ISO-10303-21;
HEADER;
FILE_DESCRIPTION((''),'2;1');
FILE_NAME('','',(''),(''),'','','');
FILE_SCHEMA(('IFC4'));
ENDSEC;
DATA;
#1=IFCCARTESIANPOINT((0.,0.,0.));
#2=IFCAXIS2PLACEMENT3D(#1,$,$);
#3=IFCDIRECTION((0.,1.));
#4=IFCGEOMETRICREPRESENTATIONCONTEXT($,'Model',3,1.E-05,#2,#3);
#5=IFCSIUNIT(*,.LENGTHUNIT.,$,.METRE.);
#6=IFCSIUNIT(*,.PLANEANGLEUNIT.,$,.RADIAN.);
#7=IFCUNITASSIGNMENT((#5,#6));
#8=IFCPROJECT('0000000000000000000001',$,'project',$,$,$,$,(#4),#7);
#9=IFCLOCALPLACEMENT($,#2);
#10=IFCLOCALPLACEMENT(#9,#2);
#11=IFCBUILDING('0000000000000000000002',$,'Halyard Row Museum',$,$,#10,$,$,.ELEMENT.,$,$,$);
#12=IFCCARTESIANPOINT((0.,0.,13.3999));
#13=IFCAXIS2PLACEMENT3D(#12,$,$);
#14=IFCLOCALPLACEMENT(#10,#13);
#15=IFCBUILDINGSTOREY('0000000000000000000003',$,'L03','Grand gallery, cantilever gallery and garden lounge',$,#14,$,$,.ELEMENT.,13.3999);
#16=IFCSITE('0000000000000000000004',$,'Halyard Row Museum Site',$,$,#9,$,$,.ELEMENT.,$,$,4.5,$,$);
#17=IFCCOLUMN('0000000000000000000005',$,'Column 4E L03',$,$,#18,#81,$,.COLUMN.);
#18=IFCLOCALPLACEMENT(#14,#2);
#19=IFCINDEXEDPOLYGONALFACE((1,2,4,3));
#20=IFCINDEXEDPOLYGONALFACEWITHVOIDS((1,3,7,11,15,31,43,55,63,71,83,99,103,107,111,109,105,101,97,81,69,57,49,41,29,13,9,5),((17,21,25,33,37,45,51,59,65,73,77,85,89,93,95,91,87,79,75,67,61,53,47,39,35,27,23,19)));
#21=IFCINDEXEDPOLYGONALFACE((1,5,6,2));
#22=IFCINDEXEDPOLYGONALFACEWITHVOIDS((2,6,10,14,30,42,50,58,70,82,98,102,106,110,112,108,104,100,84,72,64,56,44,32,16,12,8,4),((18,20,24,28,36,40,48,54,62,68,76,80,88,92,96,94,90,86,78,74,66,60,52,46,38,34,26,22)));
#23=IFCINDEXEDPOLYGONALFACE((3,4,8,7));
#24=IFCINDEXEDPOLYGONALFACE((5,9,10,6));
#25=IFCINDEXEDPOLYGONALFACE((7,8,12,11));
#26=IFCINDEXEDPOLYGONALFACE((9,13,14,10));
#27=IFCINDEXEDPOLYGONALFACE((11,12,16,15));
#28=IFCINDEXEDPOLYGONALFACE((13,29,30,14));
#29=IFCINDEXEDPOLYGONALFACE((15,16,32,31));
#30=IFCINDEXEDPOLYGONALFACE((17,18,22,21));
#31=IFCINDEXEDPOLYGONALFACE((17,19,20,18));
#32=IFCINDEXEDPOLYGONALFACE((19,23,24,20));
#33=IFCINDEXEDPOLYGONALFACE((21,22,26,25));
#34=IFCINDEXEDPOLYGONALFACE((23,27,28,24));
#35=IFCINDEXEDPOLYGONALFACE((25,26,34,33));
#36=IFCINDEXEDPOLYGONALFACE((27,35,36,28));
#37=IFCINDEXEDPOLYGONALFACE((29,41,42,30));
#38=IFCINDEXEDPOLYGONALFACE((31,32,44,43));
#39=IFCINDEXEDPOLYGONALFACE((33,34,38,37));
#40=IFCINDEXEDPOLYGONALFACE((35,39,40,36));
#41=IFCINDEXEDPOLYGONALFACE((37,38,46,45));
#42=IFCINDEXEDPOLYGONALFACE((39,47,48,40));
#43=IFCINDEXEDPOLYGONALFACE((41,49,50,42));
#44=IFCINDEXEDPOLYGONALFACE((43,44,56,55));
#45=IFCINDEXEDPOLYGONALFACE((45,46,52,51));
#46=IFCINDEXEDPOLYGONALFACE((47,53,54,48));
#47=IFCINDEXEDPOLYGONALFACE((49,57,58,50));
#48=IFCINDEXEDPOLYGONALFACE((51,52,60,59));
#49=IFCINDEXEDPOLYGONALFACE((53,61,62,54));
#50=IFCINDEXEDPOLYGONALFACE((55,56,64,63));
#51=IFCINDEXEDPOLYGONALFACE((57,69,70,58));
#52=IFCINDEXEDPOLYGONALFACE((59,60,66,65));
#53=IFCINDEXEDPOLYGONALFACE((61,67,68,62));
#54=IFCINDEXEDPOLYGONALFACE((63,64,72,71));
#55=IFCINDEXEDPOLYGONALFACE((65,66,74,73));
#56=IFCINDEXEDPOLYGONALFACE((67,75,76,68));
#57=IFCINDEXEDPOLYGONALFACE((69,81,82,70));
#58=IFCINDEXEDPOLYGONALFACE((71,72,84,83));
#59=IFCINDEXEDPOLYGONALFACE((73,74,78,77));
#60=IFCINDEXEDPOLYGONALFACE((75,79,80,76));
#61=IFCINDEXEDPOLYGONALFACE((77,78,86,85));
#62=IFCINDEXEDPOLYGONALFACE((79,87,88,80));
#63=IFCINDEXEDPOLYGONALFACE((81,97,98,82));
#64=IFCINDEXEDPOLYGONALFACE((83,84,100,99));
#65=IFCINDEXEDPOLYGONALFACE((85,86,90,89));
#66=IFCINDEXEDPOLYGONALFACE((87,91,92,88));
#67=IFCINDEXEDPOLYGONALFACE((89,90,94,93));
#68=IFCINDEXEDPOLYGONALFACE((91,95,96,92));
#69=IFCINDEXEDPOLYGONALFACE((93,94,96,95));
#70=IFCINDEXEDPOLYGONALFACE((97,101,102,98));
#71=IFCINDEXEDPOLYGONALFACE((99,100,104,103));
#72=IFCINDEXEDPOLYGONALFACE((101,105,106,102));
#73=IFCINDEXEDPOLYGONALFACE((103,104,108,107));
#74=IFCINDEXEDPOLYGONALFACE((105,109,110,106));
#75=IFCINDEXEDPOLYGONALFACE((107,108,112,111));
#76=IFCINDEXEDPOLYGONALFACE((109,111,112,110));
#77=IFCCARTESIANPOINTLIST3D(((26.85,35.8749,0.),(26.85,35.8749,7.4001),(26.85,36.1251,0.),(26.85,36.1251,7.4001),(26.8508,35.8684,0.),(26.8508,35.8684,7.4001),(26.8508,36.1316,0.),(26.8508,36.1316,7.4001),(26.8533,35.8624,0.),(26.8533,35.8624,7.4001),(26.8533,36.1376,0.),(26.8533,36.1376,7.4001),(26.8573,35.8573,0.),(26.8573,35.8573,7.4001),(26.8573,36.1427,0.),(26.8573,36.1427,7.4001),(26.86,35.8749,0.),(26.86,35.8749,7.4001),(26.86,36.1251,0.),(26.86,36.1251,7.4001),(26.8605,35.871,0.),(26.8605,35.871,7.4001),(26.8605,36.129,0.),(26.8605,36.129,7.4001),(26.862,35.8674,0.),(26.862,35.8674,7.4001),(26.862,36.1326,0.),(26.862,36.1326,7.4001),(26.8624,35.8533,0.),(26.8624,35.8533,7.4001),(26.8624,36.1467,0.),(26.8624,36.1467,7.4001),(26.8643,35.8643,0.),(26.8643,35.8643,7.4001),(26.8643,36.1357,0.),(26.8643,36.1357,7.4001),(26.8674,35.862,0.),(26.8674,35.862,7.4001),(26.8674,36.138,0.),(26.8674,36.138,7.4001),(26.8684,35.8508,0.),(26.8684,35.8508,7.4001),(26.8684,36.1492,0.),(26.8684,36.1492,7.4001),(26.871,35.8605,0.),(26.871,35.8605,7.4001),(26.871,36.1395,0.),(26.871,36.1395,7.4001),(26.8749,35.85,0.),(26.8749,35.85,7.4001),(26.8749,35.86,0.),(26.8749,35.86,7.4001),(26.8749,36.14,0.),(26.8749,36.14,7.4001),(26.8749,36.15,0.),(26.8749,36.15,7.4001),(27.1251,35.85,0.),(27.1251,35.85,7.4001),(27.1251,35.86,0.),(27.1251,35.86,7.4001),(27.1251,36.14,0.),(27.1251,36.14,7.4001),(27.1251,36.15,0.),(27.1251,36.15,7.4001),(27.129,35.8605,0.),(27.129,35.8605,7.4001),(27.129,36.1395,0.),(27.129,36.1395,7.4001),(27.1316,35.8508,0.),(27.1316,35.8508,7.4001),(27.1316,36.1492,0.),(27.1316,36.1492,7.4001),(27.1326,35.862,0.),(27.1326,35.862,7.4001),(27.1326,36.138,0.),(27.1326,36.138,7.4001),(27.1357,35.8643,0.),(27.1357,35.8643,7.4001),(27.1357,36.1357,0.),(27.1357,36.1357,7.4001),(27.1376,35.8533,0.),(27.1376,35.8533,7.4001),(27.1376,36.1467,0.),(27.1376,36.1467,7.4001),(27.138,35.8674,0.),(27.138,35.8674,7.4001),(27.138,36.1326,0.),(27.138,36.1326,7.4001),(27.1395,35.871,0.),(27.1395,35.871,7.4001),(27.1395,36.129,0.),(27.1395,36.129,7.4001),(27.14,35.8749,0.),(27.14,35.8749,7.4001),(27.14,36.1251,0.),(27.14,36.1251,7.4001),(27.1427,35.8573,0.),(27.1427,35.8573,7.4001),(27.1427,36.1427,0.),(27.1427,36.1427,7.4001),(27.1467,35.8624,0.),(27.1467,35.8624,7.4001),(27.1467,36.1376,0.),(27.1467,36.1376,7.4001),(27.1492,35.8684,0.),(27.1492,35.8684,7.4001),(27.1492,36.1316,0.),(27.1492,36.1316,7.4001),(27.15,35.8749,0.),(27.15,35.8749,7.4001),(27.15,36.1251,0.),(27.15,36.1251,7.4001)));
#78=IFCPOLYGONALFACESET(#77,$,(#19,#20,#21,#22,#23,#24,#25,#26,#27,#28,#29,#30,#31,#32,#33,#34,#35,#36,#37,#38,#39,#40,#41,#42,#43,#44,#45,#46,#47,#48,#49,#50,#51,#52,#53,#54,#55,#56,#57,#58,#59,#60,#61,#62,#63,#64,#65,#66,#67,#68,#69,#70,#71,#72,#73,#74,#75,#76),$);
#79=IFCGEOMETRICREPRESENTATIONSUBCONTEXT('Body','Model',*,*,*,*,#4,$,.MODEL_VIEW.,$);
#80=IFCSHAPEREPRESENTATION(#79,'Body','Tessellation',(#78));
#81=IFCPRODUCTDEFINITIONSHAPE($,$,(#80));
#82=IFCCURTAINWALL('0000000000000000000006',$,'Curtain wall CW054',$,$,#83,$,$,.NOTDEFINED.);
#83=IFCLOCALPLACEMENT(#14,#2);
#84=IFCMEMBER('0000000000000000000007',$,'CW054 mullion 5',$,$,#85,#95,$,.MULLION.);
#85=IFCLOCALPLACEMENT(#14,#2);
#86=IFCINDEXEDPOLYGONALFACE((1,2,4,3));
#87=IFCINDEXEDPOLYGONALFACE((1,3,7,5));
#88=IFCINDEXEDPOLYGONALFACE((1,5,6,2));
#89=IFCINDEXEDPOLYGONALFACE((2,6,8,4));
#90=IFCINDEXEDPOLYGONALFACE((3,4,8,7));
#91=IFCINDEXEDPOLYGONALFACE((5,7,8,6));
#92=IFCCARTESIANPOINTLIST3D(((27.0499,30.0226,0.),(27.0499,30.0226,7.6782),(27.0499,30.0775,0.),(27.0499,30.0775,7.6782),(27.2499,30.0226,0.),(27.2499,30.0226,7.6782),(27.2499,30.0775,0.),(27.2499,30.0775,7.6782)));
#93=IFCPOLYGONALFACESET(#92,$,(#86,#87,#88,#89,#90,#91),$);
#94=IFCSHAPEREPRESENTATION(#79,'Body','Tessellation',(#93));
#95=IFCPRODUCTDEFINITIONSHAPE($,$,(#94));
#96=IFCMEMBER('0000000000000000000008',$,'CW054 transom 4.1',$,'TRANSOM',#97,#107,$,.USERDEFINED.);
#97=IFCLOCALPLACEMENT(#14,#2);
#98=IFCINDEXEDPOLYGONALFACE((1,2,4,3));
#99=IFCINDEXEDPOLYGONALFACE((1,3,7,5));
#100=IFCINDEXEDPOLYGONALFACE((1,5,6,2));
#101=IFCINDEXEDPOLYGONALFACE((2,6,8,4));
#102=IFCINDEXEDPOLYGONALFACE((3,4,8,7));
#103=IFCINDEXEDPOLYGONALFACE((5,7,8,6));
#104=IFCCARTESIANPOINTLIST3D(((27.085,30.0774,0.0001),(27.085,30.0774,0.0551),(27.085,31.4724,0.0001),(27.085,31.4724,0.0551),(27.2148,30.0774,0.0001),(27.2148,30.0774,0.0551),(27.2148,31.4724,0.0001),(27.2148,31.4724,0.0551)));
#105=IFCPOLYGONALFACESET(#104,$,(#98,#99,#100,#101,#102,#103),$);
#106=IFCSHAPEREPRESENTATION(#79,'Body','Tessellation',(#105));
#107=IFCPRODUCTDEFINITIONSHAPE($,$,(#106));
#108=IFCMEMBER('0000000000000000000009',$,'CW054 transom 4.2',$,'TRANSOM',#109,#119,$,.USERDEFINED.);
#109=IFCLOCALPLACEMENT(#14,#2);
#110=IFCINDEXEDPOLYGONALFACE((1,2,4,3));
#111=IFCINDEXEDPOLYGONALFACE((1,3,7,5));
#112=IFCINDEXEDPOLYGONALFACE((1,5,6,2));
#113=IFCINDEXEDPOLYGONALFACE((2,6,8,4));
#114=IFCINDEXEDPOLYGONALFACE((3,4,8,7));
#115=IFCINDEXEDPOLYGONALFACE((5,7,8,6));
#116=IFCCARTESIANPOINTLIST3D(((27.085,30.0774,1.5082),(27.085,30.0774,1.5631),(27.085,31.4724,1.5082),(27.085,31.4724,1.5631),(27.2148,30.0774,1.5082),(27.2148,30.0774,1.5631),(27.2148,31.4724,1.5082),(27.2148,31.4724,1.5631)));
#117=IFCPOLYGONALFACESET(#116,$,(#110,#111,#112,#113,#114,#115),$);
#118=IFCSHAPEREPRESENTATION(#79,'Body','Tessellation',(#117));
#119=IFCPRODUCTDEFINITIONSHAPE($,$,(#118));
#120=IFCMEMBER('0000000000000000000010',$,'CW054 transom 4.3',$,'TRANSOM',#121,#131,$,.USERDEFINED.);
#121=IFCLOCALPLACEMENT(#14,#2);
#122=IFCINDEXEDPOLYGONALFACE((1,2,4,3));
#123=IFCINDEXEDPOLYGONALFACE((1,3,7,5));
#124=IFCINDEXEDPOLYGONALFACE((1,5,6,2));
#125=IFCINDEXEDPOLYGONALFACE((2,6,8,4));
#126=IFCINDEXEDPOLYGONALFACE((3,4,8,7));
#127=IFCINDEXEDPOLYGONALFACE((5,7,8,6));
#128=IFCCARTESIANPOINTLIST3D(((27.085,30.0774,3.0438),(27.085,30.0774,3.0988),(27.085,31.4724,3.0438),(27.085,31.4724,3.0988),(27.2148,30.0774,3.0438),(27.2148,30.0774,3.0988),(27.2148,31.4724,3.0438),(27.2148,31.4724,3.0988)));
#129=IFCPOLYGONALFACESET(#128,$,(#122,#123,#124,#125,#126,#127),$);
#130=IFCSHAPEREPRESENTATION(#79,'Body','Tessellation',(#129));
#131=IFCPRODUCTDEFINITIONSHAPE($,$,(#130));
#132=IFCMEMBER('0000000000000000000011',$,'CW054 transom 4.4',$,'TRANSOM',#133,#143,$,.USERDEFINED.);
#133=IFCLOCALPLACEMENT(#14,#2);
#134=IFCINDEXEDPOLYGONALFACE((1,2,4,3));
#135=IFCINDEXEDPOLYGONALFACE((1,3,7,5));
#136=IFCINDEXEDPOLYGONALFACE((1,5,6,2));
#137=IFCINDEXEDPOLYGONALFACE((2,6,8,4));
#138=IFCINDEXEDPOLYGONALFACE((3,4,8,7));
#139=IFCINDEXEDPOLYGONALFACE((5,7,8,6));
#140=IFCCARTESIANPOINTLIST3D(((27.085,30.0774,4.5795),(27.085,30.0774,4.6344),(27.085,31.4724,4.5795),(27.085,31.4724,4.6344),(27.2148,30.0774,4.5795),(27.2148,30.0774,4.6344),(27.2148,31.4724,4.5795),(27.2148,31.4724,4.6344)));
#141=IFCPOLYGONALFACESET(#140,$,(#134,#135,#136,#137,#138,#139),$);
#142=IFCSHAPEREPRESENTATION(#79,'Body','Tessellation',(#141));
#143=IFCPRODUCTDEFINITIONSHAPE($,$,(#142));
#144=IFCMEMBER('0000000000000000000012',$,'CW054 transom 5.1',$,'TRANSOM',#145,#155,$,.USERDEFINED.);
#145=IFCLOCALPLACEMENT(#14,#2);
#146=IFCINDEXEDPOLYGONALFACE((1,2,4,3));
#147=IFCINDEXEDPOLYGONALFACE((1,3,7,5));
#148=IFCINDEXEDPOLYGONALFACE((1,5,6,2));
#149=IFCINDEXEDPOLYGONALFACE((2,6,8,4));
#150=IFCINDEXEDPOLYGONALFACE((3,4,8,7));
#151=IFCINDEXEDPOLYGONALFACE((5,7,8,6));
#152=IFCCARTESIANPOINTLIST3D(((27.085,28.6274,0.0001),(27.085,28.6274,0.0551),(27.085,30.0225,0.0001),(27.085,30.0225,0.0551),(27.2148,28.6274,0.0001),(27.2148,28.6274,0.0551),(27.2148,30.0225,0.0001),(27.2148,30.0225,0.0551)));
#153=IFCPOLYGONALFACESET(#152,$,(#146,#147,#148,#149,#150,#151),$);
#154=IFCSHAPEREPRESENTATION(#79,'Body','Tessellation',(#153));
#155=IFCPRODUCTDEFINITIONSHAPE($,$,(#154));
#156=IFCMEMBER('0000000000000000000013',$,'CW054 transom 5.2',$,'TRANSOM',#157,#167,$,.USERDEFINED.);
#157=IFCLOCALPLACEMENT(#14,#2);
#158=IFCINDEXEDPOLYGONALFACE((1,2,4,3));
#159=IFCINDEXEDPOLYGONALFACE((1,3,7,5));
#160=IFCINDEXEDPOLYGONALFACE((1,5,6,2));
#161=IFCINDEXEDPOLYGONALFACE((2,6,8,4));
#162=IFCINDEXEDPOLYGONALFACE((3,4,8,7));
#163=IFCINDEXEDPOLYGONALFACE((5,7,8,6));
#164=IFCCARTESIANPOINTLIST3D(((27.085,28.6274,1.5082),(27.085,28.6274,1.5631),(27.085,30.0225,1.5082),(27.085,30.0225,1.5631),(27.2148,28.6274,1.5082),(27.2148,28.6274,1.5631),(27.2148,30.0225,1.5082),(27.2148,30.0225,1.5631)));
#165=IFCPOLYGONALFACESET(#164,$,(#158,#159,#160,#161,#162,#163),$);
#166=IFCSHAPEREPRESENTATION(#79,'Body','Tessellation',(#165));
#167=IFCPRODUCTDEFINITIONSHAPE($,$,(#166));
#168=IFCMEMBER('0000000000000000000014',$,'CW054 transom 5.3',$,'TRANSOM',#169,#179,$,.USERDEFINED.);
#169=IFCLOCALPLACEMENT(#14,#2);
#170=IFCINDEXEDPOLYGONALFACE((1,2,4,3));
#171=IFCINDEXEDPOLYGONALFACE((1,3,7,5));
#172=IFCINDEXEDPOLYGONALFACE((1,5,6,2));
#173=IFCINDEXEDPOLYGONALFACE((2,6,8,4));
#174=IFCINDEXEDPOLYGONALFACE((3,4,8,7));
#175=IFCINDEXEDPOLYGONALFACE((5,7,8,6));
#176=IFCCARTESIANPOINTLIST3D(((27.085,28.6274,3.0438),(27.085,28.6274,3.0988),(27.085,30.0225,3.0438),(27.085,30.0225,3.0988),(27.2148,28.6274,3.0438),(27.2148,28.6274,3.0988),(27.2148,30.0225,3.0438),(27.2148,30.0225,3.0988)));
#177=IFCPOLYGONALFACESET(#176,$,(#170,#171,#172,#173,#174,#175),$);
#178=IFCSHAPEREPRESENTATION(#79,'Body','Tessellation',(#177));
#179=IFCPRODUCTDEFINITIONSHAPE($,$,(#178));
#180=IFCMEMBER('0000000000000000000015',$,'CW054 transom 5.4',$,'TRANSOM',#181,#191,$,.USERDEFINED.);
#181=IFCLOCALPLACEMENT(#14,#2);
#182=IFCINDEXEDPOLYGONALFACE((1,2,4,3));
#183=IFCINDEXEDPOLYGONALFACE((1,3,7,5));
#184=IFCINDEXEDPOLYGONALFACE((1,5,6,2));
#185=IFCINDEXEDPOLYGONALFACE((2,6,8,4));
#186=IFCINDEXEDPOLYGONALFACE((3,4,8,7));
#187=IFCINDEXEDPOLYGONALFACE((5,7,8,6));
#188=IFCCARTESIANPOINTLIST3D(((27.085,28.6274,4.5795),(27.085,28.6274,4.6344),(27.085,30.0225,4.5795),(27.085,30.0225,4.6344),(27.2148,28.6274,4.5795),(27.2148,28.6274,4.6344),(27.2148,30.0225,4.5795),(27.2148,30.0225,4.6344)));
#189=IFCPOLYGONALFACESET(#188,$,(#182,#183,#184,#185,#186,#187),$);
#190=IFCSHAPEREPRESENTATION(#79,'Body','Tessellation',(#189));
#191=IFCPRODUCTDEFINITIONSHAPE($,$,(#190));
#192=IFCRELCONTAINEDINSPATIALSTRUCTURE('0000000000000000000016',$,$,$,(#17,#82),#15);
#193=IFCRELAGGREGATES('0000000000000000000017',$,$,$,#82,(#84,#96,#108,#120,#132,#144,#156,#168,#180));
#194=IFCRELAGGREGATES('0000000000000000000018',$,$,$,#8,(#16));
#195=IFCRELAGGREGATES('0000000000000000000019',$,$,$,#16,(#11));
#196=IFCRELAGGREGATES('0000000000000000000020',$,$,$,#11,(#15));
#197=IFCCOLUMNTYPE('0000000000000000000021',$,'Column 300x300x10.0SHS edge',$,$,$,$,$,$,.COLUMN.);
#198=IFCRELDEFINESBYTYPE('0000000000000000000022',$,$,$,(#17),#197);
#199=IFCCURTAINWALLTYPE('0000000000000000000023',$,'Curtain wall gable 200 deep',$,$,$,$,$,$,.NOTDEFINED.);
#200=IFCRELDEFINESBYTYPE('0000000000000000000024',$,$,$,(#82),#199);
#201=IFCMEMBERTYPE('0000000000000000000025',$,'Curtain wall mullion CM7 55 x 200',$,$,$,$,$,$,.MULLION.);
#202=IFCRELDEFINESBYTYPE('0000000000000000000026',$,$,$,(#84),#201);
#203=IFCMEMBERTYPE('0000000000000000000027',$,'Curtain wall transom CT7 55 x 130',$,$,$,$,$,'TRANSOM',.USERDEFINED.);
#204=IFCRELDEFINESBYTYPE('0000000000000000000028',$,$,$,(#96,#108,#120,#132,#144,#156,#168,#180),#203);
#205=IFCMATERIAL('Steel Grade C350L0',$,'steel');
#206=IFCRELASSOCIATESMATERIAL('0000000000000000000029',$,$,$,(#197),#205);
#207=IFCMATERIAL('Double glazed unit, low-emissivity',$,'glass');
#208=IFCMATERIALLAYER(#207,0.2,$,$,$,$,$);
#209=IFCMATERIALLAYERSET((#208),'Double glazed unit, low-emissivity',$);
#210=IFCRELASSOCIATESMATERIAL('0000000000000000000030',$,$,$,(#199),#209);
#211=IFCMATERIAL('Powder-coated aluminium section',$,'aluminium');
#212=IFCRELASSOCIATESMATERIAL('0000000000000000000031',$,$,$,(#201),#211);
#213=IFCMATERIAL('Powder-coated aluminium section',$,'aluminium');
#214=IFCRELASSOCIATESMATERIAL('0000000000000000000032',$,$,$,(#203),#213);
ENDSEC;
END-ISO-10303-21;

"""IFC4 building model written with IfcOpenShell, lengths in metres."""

from ifc_helpers import new_model, si_unit, direction, frame, origin, origin_2d, place, context, subcontext, project, spatial, rectangle, hollow_rectangle, extrude, material, layer, layer_set, material_profile, profile_set, type_object, element, aggregate, save


model = new_model("IFC4")

# Units and contexts
model_context = context("Model", 3, precision=1e-05, world=origin(), true_north=direction((0.0, 1.0)))
body_context = subcontext(model_context, "Body", "Model", "MODEL_VIEW")
ifc_project = project(units=[si_unit("LENGTHUNIT", "METRE"), si_unit("PLANEANGLEUNIT", "RADIAN")], contexts=[model_context])

# Site, building, storey
site_placement = place(None, origin())
site = spatial("IfcSite", under=ifc_project, at=site_placement, Name="Halyard Row Museum Site", CompositionType="ELEMENT", RefElevation=4.5)
building_placement = place(site_placement, origin())
building = spatial("IfcBuilding", under=site, at=building_placement, Name="Halyard Row Museum", CompositionType="ELEMENT")
storey_placement = place(building_placement, frame((0.0, 0.0, 13.3999)))
storey = spatial("IfcBuildingStorey", under=building, at=storey_placement, Name="L03", Description="Grand gallery, cantilever gallery and garden lounge", CompositionType="ELEMENT", Elevation=13.3999)

# Column
ifc_material_1 = material(Name="Steel Grade C350L0", Category="steel")
ifc_material_profile_1 = material_profile(ifc_material_1, hollow_rectangle(XDim=0.3, YDim=0.3, WallThickness=0.01, InnerFilletRadius=0.0149, OuterFilletRadius=0.0249, at=origin_2d()), Name="300x300x10.0SHS")
ifc_profile_set_1 = profile_set([ifc_material_profile_1], Name="Steel Grade C350L0")
column_type = type_object("IfcColumnType", Name="Column 300x300x10.0SHS edge", PredefinedType="COLUMN", material=ifc_profile_set_1)
column_placement = place(storey_placement, frame((27.0, 36.0, 0.0), z_axis=(0.0, 0.0, 1.0), x_axis=(1.0, 0.0, 0.0)))
element("IfcColumn", 1, at=column_placement, inside=storey, type_object=column_type, Name="Column 4E L03", PredefinedType="COLUMN", context=body_context, shape_type="SweptSolid", body=[
    extrude(hollow_rectangle(XDim=0.3, YDim=0.3, WallThickness=0.01, InnerFilletRadius=0.0149, OuterFilletRadius=0.0249, at=origin_2d()), origin(), (0.0, 0.0, 1.0), 7.4001),
])

# Curtain wall, members
ifc_material_2 = material(Name="Double glazed unit, low-emissivity", Category="glass")
ifc_layer_1 = layer(ifc_material_2, 0.2)
ifc_layer_set_1 = layer_set([ifc_layer_1], Name="Double glazed unit, low-emissivity")
curtain_wall_type = type_object("IfcCurtainWallType", Name="Curtain wall gable 200 deep", PredefinedType="NOTDEFINED", material=ifc_layer_set_1)
curtain_wall_placement = place(storey_placement, origin())
curtain_wall = element("IfcCurtainWall", 2, at=curtain_wall_placement, inside=storey, type_object=curtain_wall_type, Name="Curtain wall CW054", PredefinedType="NOTDEFINED")
ifc_material_3 = material(Name="Powder-coated aluminium section", Category="aluminium")
ifc_material_profile_2 = material_profile(ifc_material_3, rectangle(XDim=0.2, YDim=0.0549, at=origin_2d()), Name="200x55 mullion")
ifc_profile_set_2 = profile_set([ifc_material_profile_2], Name="Powder-coated aluminium section")
member_type_1 = type_object("IfcMemberType", Name="Curtain wall mullion CM7 55 x 200", PredefinedType="MULLION", material=ifc_profile_set_2)
member_1_placement = place(storey_placement, frame((27.1499, 30.05, 0.0), z_axis=(0.0, 0.0, 1.0), x_axis=(1.0, 0.0, 0.0)))
member_1 = element("IfcMember", 3, at=member_1_placement, type_object=member_type_1, Name="CW054 mullion 5", PredefinedType="MULLION", context=body_context, shape_type="SweptSolid", body=[
    extrude(rectangle(XDim=0.2, YDim=0.0549, at=origin_2d()), origin(), (0.0, 0.0, 1.0), 7.6782),
])
ifc_material_4 = material(Name="Powder-coated aluminium section", Category="aluminium")
ifc_material_profile_3 = material_profile(ifc_material_4, rectangle(XDim=0.1299, YDim=0.0549, at=origin_2d()), Name="130x55 transom")
ifc_profile_set_3 = profile_set([ifc_material_profile_3], Name="Powder-coated aluminium section")
member_type_2 = type_object("IfcMemberType", Name="Curtain wall transom CT7 55 x 130", ElementType="TRANSOM", PredefinedType="USERDEFINED", material=ifc_profile_set_3)
member_2_placement = place(storey_placement, frame((27.1499, 31.4724, 0.0276), z_axis=(0.0, -1.0, 0.0), x_axis=(1.0, 0.0, 0.0)))
member_2 = element("IfcMember", 4, at=member_2_placement, type_object=member_type_2, Name="CW054 transom 4.1", ObjectType="TRANSOM", PredefinedType="USERDEFINED", context=body_context, shape_type="SweptSolid", body=[
    extrude(rectangle(XDim=0.1299, YDim=0.0549, at=origin_2d()), origin(), (0.0, 0.0, 1.0), 1.395),
])
member_3_placement = place(storey_placement, frame((27.1499, 31.4724, 1.5356), z_axis=(0.0, -1.0, 0.0), x_axis=(1.0, 0.0, 0.0)))
member_3 = element("IfcMember", 5, at=member_3_placement, type_object=member_type_2, Name="CW054 transom 4.2", ObjectType="TRANSOM", PredefinedType="USERDEFINED", context=body_context, shape_type="SweptSolid", body=[
    extrude(rectangle(XDim=0.1299, YDim=0.0549, at=origin_2d()), origin(), (0.0, 0.0, 1.0), 1.395),
])
member_4_placement = place(storey_placement, frame((27.1499, 31.4724, 3.0713), z_axis=(0.0, -1.0, 0.0), x_axis=(1.0, 0.0, 0.0)))
member_4 = element("IfcMember", 6, at=member_4_placement, type_object=member_type_2, Name="CW054 transom 4.3", ObjectType="TRANSOM", PredefinedType="USERDEFINED", context=body_context, shape_type="SweptSolid", body=[
    extrude(rectangle(XDim=0.1299, YDim=0.0549, at=origin_2d()), origin(), (0.0, 0.0, 1.0), 1.395),
])
member_5_placement = place(storey_placement, frame((27.1499, 31.4724, 4.6069), z_axis=(0.0, -1.0, 0.0), x_axis=(1.0, 0.0, 0.0)))
member_5 = element("IfcMember", 7, at=member_5_placement, type_object=member_type_2, Name="CW054 transom 4.4", ObjectType="TRANSOM", PredefinedType="USERDEFINED", context=body_context, shape_type="SweptSolid", body=[
    extrude(rectangle(XDim=0.1299, YDim=0.0549, at=origin_2d()), origin(), (0.0, 0.0, 1.0), 1.395),
])
member_6_placement = place(storey_placement, frame((27.1499, 30.0225, 0.0276), z_axis=(0.0, -1.0, 0.0), x_axis=(1.0, 0.0, 0.0)))
member_6 = element("IfcMember", 8, at=member_6_placement, type_object=member_type_2, Name="CW054 transom 5.1", ObjectType="TRANSOM", PredefinedType="USERDEFINED", context=body_context, shape_type="SweptSolid", body=[
    extrude(rectangle(XDim=0.1299, YDim=0.0549, at=origin_2d()), origin(), (0.0, 0.0, 1.0), 1.395),
])
member_7_placement = place(storey_placement, frame((27.1499, 30.0225, 1.5356), z_axis=(0.0, -1.0, 0.0), x_axis=(1.0, 0.0, 0.0)))
member_7 = element("IfcMember", 9, at=member_7_placement, type_object=member_type_2, Name="CW054 transom 5.2", ObjectType="TRANSOM", PredefinedType="USERDEFINED", context=body_context, shape_type="SweptSolid", body=[
    extrude(rectangle(XDim=0.1299, YDim=0.0549, at=origin_2d()), origin(), (0.0, 0.0, 1.0), 1.395),
])
member_8_placement = place(storey_placement, frame((27.1499, 30.0225, 3.0713), z_axis=(0.0, -1.0, 0.0), x_axis=(1.0, 0.0, 0.0)))
member_8 = element("IfcMember", 10, at=member_8_placement, type_object=member_type_2, Name="CW054 transom 5.3", ObjectType="TRANSOM", PredefinedType="USERDEFINED", context=body_context, shape_type="SweptSolid", body=[
    extrude(rectangle(XDim=0.1299, YDim=0.0549, at=origin_2d()), origin(), (0.0, 0.0, 1.0), 1.395),
])
member_9_placement = place(storey_placement, frame((27.1499, 30.0225, 4.6069), z_axis=(0.0, -1.0, 0.0), x_axis=(1.0, 0.0, 0.0)))
member_9 = element("IfcMember", 11, at=member_9_placement, type_object=member_type_2, Name="CW054 transom 5.4", ObjectType="TRANSOM", PredefinedType="USERDEFINED", context=body_context, shape_type="SweptSolid", body=[
    extrude(rectangle(XDim=0.1299, YDim=0.0549, at=origin_2d()), origin(), (0.0, 0.0, 1.0), 1.395),
])

aggregate(curtain_wall, [member_1, member_2, member_3, member_4, member_5, member_6, member_7, member_8, member_9])

save(model, "model.ifc")
